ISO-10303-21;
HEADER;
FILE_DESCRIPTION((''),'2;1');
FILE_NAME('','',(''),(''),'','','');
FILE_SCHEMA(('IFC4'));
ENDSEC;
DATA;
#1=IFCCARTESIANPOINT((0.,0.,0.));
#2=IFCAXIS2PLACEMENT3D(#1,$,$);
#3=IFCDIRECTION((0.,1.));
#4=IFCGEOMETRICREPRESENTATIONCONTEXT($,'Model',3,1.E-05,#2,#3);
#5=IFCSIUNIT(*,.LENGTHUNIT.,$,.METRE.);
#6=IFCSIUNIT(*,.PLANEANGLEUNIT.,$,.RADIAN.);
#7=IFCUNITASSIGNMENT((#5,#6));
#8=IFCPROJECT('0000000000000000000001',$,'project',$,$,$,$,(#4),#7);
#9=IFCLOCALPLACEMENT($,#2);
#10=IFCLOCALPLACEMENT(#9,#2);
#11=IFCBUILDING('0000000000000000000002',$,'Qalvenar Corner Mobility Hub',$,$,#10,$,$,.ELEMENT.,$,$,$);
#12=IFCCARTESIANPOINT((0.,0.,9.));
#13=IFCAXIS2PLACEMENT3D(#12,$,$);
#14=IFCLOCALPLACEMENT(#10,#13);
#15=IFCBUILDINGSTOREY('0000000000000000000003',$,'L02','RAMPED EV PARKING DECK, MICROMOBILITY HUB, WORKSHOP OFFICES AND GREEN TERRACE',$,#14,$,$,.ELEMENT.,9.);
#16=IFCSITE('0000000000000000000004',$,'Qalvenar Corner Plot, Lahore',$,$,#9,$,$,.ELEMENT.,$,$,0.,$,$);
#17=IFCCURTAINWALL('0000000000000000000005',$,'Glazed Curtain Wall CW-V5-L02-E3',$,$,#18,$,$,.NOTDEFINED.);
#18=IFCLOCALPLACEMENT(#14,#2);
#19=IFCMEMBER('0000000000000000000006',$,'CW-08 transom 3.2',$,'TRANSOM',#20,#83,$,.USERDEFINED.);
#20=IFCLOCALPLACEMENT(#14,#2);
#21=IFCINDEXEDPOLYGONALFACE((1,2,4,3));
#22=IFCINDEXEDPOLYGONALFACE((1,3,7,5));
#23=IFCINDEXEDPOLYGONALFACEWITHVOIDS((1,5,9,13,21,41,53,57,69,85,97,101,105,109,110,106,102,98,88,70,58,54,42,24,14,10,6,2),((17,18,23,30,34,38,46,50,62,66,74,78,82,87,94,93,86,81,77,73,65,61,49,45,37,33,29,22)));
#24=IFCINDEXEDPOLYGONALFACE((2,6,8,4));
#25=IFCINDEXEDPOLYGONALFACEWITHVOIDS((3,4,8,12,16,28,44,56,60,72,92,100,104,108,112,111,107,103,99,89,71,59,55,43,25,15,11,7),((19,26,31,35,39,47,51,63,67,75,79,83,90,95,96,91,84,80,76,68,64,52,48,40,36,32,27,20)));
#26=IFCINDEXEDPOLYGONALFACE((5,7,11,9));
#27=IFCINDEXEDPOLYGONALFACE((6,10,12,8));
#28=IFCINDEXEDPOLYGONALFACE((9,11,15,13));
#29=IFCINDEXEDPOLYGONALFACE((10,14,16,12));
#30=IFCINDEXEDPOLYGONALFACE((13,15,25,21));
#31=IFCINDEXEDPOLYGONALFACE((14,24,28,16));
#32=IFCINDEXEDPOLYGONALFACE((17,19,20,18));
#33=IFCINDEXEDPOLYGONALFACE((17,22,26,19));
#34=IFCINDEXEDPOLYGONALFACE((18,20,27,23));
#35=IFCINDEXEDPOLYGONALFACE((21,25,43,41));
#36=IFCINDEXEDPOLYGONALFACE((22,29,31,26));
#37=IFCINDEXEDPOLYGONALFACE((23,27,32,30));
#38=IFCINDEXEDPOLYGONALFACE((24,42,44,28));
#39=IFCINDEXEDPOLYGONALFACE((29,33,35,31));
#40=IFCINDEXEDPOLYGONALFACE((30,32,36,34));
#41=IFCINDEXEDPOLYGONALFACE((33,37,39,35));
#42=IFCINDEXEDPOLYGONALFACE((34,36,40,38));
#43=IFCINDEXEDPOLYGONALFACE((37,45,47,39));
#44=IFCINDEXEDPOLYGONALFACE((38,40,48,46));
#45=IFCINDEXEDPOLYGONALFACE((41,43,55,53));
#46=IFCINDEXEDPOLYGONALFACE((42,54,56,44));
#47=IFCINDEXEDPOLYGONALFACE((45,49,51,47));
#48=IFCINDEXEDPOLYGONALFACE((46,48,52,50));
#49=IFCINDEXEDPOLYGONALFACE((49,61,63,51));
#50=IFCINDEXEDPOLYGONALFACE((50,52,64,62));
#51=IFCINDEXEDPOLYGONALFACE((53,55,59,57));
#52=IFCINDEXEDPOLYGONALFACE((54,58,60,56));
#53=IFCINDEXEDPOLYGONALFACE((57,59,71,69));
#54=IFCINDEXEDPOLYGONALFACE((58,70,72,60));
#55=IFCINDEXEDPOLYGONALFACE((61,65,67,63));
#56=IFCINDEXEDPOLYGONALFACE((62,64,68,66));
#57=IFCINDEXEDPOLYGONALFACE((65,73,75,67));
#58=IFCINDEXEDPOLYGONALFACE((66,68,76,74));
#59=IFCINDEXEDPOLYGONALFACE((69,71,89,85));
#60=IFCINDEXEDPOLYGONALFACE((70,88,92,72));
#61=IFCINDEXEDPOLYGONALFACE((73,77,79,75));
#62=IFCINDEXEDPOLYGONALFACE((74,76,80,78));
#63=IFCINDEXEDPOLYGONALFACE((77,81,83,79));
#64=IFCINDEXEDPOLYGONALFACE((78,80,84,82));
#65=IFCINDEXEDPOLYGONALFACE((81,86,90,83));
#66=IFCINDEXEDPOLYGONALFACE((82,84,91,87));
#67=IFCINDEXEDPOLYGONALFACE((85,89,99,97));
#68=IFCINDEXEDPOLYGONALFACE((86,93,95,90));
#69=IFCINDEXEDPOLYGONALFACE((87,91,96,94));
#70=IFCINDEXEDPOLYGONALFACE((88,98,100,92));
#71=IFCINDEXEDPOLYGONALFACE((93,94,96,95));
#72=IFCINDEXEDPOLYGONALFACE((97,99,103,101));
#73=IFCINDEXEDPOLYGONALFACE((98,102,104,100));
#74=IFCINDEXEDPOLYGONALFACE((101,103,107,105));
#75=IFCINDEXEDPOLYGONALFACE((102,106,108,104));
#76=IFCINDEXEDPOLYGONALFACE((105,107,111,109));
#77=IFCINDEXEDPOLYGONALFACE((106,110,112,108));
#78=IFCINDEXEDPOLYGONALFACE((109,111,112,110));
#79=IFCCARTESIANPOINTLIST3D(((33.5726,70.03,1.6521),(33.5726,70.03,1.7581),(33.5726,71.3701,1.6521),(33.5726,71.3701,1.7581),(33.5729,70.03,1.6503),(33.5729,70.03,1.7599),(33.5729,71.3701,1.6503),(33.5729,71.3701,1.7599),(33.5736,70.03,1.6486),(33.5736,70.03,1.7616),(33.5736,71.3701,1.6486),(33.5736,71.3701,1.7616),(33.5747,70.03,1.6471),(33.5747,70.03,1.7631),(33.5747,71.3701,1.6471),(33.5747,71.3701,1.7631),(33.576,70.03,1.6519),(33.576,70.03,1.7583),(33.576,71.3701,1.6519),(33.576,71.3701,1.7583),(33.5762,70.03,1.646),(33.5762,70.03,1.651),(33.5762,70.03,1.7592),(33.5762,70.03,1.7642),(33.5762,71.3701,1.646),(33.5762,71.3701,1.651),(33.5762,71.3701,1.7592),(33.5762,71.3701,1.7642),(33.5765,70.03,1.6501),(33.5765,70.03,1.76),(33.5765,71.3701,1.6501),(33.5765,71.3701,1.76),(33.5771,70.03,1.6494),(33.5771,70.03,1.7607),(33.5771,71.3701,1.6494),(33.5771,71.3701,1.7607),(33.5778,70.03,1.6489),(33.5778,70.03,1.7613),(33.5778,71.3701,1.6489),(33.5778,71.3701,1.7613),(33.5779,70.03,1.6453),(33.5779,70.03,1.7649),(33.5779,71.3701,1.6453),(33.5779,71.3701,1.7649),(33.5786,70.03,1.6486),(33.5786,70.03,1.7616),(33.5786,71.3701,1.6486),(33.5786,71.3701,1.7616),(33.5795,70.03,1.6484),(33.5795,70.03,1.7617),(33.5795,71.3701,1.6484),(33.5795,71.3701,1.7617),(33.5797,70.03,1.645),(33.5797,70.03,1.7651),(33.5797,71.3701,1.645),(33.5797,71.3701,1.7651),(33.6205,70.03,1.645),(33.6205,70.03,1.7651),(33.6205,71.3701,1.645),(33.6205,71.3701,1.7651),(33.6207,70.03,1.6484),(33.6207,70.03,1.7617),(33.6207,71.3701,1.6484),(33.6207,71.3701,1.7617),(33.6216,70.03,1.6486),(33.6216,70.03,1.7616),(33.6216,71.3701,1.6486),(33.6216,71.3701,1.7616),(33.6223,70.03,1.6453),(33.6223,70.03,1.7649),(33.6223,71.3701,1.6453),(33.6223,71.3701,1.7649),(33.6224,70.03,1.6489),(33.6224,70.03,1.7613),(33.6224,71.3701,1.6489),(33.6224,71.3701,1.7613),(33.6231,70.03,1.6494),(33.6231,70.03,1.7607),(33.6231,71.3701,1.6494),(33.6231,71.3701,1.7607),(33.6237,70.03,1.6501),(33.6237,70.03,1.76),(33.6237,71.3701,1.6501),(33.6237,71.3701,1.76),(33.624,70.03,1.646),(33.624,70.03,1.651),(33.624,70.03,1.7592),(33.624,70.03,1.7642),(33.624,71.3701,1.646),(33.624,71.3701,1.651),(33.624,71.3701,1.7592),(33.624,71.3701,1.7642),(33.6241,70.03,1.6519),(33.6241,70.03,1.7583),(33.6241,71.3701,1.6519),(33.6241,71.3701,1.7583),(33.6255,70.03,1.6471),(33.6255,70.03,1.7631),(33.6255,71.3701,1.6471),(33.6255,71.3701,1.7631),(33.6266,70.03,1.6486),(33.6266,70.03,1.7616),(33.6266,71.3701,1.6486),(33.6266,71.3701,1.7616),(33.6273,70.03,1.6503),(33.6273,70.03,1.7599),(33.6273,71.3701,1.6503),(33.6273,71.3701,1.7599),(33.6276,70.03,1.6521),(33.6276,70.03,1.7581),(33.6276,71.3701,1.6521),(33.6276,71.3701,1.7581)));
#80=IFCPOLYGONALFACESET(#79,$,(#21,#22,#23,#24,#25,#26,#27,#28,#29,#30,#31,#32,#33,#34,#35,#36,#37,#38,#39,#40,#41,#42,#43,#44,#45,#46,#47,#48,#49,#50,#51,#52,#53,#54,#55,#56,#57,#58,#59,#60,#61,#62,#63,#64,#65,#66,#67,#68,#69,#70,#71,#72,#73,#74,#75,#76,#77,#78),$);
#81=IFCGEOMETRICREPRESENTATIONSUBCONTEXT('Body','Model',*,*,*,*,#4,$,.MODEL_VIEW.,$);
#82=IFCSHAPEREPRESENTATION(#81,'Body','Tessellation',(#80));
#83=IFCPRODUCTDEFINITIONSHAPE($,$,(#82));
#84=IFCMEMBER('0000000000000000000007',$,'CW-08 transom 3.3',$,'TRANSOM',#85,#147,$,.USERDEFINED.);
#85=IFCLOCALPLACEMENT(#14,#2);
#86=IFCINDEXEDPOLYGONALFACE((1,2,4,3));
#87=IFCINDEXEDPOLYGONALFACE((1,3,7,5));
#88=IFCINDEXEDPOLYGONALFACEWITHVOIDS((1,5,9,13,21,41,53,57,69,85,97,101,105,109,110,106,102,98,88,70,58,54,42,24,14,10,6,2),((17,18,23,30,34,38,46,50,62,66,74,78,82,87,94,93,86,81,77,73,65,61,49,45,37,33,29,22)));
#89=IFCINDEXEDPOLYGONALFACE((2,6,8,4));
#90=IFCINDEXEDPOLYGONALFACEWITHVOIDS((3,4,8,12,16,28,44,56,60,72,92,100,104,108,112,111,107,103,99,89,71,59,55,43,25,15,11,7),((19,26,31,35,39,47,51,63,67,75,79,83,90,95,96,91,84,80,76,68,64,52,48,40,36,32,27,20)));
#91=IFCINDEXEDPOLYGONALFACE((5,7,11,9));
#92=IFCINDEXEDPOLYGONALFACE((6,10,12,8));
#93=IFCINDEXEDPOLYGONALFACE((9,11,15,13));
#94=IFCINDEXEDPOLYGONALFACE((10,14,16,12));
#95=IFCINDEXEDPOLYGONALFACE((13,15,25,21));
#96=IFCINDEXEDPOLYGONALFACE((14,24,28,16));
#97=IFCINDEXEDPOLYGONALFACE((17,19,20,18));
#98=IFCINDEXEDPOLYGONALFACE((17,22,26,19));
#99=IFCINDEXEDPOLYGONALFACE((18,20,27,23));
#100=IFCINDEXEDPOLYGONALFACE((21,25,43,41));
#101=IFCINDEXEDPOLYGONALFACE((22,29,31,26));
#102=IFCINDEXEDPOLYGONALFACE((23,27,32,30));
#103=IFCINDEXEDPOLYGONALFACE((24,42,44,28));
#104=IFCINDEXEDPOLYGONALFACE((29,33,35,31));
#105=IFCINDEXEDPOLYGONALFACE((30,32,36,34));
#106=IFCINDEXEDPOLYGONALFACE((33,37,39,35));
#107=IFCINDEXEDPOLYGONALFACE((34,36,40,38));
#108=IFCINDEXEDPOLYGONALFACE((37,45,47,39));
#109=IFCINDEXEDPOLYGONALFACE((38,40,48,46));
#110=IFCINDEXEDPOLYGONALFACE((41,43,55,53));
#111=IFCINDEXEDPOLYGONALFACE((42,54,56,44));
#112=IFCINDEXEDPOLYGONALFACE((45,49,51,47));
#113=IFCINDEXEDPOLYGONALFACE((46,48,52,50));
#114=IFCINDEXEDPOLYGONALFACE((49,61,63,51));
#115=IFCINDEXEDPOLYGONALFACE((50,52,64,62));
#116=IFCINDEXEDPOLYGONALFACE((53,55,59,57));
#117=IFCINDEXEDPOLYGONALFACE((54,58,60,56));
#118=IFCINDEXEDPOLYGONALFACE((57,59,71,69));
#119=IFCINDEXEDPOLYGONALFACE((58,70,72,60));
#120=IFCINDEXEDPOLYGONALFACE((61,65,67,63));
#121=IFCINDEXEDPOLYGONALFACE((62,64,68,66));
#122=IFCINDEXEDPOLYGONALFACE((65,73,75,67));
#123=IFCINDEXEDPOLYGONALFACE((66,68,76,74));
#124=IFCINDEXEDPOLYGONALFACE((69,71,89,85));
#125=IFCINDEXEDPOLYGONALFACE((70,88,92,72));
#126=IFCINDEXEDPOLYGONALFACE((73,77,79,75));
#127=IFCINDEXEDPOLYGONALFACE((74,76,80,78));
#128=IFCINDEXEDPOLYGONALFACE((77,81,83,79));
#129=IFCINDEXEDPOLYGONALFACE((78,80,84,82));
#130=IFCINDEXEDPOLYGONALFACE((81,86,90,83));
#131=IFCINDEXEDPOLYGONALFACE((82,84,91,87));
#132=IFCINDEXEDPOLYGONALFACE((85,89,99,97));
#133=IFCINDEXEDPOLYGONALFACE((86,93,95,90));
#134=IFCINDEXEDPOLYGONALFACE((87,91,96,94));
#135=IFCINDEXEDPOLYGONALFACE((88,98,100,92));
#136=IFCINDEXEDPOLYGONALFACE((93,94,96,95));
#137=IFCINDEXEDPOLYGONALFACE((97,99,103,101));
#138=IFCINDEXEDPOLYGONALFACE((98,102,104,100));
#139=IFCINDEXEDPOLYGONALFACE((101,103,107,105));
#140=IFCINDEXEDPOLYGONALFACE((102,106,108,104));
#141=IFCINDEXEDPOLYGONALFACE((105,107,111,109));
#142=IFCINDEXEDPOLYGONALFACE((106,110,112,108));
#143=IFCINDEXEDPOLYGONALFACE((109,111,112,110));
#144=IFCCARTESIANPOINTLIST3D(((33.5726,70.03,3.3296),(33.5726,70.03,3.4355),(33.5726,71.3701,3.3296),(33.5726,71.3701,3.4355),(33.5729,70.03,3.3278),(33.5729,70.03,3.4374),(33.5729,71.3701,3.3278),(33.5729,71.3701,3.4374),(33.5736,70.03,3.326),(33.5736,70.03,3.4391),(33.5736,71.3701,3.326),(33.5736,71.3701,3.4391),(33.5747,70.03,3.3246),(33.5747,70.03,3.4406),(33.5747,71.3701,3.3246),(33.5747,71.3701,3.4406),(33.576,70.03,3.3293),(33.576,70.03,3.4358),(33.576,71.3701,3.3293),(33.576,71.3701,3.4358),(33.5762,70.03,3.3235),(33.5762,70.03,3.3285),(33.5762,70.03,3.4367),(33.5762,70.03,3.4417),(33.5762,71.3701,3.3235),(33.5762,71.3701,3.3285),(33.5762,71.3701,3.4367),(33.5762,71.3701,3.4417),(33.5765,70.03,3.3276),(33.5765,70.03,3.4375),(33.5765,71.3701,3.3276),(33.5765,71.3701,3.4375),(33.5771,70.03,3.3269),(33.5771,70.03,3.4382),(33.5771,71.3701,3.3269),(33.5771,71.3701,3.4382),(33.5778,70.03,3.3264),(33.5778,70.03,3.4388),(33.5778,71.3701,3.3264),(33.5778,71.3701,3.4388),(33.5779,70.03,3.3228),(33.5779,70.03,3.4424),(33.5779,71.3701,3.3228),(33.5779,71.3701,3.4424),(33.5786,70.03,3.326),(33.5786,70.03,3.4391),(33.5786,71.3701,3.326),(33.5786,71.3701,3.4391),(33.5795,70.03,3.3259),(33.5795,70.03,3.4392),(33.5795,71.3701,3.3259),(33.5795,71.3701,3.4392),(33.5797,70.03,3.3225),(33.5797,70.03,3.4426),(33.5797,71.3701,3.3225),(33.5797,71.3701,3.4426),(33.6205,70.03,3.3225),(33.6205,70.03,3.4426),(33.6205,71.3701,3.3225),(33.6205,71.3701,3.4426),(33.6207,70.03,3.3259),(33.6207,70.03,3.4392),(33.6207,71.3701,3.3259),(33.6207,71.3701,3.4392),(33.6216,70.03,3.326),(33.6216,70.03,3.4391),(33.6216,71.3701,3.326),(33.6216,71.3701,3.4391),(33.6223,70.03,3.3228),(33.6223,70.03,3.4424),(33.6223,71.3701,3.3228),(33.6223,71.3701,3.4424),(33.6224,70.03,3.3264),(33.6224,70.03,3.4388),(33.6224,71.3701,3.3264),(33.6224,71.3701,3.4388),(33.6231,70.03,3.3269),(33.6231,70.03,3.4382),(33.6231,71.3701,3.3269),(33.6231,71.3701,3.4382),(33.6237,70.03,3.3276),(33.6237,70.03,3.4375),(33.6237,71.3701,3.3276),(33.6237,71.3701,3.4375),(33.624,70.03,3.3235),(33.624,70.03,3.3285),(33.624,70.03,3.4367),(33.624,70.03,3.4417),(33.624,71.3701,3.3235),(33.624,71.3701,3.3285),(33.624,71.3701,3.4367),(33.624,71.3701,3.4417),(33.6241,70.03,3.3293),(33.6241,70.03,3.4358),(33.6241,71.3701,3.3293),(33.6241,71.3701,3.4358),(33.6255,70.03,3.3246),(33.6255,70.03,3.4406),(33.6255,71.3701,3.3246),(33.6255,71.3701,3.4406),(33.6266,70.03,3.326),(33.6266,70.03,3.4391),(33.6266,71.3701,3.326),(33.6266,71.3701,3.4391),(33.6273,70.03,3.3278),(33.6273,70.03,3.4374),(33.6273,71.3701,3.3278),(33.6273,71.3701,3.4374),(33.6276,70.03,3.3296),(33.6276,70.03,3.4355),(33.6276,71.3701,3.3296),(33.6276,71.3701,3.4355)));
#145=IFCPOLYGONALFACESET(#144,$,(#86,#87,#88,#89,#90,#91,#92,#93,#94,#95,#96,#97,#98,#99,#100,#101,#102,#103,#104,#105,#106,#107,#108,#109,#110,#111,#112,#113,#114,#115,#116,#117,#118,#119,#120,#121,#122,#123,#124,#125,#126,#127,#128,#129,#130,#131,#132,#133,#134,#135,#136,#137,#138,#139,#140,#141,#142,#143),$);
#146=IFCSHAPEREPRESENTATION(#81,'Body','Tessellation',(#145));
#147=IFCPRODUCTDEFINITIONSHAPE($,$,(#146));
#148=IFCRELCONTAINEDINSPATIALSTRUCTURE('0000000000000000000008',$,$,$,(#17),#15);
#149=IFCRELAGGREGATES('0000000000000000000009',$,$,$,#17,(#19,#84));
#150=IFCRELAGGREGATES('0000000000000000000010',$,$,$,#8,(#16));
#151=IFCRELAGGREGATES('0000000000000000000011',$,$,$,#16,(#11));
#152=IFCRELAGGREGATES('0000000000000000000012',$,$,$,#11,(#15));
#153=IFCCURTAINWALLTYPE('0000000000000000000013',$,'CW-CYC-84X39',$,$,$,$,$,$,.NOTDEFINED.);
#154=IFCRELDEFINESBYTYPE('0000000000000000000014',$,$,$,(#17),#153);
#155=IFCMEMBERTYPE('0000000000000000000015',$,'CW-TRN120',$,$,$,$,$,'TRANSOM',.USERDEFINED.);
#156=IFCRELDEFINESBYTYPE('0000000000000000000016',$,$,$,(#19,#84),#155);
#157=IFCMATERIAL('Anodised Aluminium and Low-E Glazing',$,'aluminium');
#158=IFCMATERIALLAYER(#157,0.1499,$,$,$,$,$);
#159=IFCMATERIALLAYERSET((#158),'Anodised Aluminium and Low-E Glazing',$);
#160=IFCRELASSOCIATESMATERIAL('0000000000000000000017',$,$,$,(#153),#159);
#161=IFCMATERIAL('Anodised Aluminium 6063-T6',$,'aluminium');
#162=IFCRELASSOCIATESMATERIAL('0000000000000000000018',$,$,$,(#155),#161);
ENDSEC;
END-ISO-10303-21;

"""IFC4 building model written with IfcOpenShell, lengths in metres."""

from ifc_helpers import new_model, si_unit, direction, frame, origin, origin_2d, place, context, subcontext, project, spatial, hollow_rectangle, extrude, material, layer, layer_set, material_profile, profile_set, type_object, element, aggregate, save


model = new_model("IFC4")

# Units and contexts
model_context = context("Model", 3, precision=1e-05, world=origin(), true_north=direction((0.0, 1.0)))
body_context = subcontext(model_context, "Body", "Model", "MODEL_VIEW")
ifc_project = project(units=[si_unit("LENGTHUNIT", "METRE"), si_unit("PLANEANGLEUNIT", "RADIAN")], contexts=[model_context])

# Site, building, storey
site_placement = place(None, origin())
site = spatial("IfcSite", under=ifc_project, at=site_placement, Name="Qalvenar Corner Plot, Lahore", CompositionType="ELEMENT", RefElevation=0.0)
building_placement = place(site_placement, origin())
building = spatial("IfcBuilding", under=site, at=building_placement, Name="Qalvenar Corner Mobility Hub", CompositionType="ELEMENT")
storey_placement = place(building_placement, frame((0.0, 0.0, 9.0)))
storey = spatial("IfcBuildingStorey", under=building, at=storey_placement, Name="L02", Description="RAMPED EV PARKING DECK, MICROMOBILITY HUB, WORKSHOP OFFICES AND GREEN TERRACE", CompositionType="ELEMENT", Elevation=9.0)

# Curtain wall, members
ifc_material_1 = material(Name="Anodised Aluminium and Low-E Glazing", Category="aluminium")
ifc_layer_1 = layer(ifc_material_1, 0.1499)
ifc_layer_set_1 = layer_set([ifc_layer_1], Name="Anodised Aluminium and Low-E Glazing")
curtain_wall_type = type_object("IfcCurtainWallType", Name="CW-CYC-84X39", PredefinedType="NOTDEFINED", material=ifc_layer_set_1)
curtain_wall_placement = place(storey_placement, origin())
curtain_wall = element("IfcCurtainWall", 1, at=curtain_wall_placement, inside=storey, type_object=curtain_wall_type, Name="Glazed Curtain Wall CW-V5-L02-E3", PredefinedType="NOTDEFINED")
ifc_material_2 = material(Name="Anodised Aluminium 6063-T6", Category="aluminium")
ifc_material_profile_1 = material_profile(ifc_material_2, hollow_rectangle(XDim=0.0549, YDim=0.1201, WallThickness=0.0034, InnerFilletRadius=0.0034, OuterFilletRadius=0.0071, at=origin_2d()), Name="RHS120x55x3.5")
ifc_profile_set_1 = profile_set([ifc_material_profile_1], Name="Anodised Aluminium 6063-T6")
member_type_1 = type_object("IfcMemberType", Name="CW-TRN120", ElementType="TRANSOM", PredefinedType="USERDEFINED", material=ifc_profile_set_1)
member_1_placement = place(storey_placement, frame((33.6001, 70.03, 1.7051), z_axis=(0.0, 1.0, 0.0), x_axis=(-1.0, 0.0, 0.0)))
member_1 = element("IfcMember", 2, at=member_1_placement, type_object=member_type_1, Name="CW-08 transom 3.2", ObjectType="TRANSOM", PredefinedType="USERDEFINED", context=body_context, shape_type="SweptSolid", body=[
    extrude(hollow_rectangle(XDim=0.0549, YDim=0.1201, WallThickness=0.0034, InnerFilletRadius=0.0034, OuterFilletRadius=0.0071, at=origin_2d()), origin(), (0.0, 0.0, 1.0), 1.3401),
])
member_2_placement = place(storey_placement, frame((33.6001, 70.03, 3.3826), z_axis=(0.0, 1.0, 0.0), x_axis=(-1.0, 0.0, 0.0)))
member_2 = element("IfcMember", 3, at=member_2_placement, type_object=member_type_1, Name="CW-08 transom 3.3", ObjectType="TRANSOM", PredefinedType="USERDEFINED", context=body_context, shape_type="SweptSolid", body=[
    extrude(hollow_rectangle(XDim=0.0549, YDim=0.1201, WallThickness=0.0034, InnerFilletRadius=0.0034, OuterFilletRadius=0.0071, at=origin_2d()), origin(), (0.0, 0.0, 1.0), 1.3401),
])
aggregate(curtain_wall, [member_1, member_2])

save(model, "model.ifc")
